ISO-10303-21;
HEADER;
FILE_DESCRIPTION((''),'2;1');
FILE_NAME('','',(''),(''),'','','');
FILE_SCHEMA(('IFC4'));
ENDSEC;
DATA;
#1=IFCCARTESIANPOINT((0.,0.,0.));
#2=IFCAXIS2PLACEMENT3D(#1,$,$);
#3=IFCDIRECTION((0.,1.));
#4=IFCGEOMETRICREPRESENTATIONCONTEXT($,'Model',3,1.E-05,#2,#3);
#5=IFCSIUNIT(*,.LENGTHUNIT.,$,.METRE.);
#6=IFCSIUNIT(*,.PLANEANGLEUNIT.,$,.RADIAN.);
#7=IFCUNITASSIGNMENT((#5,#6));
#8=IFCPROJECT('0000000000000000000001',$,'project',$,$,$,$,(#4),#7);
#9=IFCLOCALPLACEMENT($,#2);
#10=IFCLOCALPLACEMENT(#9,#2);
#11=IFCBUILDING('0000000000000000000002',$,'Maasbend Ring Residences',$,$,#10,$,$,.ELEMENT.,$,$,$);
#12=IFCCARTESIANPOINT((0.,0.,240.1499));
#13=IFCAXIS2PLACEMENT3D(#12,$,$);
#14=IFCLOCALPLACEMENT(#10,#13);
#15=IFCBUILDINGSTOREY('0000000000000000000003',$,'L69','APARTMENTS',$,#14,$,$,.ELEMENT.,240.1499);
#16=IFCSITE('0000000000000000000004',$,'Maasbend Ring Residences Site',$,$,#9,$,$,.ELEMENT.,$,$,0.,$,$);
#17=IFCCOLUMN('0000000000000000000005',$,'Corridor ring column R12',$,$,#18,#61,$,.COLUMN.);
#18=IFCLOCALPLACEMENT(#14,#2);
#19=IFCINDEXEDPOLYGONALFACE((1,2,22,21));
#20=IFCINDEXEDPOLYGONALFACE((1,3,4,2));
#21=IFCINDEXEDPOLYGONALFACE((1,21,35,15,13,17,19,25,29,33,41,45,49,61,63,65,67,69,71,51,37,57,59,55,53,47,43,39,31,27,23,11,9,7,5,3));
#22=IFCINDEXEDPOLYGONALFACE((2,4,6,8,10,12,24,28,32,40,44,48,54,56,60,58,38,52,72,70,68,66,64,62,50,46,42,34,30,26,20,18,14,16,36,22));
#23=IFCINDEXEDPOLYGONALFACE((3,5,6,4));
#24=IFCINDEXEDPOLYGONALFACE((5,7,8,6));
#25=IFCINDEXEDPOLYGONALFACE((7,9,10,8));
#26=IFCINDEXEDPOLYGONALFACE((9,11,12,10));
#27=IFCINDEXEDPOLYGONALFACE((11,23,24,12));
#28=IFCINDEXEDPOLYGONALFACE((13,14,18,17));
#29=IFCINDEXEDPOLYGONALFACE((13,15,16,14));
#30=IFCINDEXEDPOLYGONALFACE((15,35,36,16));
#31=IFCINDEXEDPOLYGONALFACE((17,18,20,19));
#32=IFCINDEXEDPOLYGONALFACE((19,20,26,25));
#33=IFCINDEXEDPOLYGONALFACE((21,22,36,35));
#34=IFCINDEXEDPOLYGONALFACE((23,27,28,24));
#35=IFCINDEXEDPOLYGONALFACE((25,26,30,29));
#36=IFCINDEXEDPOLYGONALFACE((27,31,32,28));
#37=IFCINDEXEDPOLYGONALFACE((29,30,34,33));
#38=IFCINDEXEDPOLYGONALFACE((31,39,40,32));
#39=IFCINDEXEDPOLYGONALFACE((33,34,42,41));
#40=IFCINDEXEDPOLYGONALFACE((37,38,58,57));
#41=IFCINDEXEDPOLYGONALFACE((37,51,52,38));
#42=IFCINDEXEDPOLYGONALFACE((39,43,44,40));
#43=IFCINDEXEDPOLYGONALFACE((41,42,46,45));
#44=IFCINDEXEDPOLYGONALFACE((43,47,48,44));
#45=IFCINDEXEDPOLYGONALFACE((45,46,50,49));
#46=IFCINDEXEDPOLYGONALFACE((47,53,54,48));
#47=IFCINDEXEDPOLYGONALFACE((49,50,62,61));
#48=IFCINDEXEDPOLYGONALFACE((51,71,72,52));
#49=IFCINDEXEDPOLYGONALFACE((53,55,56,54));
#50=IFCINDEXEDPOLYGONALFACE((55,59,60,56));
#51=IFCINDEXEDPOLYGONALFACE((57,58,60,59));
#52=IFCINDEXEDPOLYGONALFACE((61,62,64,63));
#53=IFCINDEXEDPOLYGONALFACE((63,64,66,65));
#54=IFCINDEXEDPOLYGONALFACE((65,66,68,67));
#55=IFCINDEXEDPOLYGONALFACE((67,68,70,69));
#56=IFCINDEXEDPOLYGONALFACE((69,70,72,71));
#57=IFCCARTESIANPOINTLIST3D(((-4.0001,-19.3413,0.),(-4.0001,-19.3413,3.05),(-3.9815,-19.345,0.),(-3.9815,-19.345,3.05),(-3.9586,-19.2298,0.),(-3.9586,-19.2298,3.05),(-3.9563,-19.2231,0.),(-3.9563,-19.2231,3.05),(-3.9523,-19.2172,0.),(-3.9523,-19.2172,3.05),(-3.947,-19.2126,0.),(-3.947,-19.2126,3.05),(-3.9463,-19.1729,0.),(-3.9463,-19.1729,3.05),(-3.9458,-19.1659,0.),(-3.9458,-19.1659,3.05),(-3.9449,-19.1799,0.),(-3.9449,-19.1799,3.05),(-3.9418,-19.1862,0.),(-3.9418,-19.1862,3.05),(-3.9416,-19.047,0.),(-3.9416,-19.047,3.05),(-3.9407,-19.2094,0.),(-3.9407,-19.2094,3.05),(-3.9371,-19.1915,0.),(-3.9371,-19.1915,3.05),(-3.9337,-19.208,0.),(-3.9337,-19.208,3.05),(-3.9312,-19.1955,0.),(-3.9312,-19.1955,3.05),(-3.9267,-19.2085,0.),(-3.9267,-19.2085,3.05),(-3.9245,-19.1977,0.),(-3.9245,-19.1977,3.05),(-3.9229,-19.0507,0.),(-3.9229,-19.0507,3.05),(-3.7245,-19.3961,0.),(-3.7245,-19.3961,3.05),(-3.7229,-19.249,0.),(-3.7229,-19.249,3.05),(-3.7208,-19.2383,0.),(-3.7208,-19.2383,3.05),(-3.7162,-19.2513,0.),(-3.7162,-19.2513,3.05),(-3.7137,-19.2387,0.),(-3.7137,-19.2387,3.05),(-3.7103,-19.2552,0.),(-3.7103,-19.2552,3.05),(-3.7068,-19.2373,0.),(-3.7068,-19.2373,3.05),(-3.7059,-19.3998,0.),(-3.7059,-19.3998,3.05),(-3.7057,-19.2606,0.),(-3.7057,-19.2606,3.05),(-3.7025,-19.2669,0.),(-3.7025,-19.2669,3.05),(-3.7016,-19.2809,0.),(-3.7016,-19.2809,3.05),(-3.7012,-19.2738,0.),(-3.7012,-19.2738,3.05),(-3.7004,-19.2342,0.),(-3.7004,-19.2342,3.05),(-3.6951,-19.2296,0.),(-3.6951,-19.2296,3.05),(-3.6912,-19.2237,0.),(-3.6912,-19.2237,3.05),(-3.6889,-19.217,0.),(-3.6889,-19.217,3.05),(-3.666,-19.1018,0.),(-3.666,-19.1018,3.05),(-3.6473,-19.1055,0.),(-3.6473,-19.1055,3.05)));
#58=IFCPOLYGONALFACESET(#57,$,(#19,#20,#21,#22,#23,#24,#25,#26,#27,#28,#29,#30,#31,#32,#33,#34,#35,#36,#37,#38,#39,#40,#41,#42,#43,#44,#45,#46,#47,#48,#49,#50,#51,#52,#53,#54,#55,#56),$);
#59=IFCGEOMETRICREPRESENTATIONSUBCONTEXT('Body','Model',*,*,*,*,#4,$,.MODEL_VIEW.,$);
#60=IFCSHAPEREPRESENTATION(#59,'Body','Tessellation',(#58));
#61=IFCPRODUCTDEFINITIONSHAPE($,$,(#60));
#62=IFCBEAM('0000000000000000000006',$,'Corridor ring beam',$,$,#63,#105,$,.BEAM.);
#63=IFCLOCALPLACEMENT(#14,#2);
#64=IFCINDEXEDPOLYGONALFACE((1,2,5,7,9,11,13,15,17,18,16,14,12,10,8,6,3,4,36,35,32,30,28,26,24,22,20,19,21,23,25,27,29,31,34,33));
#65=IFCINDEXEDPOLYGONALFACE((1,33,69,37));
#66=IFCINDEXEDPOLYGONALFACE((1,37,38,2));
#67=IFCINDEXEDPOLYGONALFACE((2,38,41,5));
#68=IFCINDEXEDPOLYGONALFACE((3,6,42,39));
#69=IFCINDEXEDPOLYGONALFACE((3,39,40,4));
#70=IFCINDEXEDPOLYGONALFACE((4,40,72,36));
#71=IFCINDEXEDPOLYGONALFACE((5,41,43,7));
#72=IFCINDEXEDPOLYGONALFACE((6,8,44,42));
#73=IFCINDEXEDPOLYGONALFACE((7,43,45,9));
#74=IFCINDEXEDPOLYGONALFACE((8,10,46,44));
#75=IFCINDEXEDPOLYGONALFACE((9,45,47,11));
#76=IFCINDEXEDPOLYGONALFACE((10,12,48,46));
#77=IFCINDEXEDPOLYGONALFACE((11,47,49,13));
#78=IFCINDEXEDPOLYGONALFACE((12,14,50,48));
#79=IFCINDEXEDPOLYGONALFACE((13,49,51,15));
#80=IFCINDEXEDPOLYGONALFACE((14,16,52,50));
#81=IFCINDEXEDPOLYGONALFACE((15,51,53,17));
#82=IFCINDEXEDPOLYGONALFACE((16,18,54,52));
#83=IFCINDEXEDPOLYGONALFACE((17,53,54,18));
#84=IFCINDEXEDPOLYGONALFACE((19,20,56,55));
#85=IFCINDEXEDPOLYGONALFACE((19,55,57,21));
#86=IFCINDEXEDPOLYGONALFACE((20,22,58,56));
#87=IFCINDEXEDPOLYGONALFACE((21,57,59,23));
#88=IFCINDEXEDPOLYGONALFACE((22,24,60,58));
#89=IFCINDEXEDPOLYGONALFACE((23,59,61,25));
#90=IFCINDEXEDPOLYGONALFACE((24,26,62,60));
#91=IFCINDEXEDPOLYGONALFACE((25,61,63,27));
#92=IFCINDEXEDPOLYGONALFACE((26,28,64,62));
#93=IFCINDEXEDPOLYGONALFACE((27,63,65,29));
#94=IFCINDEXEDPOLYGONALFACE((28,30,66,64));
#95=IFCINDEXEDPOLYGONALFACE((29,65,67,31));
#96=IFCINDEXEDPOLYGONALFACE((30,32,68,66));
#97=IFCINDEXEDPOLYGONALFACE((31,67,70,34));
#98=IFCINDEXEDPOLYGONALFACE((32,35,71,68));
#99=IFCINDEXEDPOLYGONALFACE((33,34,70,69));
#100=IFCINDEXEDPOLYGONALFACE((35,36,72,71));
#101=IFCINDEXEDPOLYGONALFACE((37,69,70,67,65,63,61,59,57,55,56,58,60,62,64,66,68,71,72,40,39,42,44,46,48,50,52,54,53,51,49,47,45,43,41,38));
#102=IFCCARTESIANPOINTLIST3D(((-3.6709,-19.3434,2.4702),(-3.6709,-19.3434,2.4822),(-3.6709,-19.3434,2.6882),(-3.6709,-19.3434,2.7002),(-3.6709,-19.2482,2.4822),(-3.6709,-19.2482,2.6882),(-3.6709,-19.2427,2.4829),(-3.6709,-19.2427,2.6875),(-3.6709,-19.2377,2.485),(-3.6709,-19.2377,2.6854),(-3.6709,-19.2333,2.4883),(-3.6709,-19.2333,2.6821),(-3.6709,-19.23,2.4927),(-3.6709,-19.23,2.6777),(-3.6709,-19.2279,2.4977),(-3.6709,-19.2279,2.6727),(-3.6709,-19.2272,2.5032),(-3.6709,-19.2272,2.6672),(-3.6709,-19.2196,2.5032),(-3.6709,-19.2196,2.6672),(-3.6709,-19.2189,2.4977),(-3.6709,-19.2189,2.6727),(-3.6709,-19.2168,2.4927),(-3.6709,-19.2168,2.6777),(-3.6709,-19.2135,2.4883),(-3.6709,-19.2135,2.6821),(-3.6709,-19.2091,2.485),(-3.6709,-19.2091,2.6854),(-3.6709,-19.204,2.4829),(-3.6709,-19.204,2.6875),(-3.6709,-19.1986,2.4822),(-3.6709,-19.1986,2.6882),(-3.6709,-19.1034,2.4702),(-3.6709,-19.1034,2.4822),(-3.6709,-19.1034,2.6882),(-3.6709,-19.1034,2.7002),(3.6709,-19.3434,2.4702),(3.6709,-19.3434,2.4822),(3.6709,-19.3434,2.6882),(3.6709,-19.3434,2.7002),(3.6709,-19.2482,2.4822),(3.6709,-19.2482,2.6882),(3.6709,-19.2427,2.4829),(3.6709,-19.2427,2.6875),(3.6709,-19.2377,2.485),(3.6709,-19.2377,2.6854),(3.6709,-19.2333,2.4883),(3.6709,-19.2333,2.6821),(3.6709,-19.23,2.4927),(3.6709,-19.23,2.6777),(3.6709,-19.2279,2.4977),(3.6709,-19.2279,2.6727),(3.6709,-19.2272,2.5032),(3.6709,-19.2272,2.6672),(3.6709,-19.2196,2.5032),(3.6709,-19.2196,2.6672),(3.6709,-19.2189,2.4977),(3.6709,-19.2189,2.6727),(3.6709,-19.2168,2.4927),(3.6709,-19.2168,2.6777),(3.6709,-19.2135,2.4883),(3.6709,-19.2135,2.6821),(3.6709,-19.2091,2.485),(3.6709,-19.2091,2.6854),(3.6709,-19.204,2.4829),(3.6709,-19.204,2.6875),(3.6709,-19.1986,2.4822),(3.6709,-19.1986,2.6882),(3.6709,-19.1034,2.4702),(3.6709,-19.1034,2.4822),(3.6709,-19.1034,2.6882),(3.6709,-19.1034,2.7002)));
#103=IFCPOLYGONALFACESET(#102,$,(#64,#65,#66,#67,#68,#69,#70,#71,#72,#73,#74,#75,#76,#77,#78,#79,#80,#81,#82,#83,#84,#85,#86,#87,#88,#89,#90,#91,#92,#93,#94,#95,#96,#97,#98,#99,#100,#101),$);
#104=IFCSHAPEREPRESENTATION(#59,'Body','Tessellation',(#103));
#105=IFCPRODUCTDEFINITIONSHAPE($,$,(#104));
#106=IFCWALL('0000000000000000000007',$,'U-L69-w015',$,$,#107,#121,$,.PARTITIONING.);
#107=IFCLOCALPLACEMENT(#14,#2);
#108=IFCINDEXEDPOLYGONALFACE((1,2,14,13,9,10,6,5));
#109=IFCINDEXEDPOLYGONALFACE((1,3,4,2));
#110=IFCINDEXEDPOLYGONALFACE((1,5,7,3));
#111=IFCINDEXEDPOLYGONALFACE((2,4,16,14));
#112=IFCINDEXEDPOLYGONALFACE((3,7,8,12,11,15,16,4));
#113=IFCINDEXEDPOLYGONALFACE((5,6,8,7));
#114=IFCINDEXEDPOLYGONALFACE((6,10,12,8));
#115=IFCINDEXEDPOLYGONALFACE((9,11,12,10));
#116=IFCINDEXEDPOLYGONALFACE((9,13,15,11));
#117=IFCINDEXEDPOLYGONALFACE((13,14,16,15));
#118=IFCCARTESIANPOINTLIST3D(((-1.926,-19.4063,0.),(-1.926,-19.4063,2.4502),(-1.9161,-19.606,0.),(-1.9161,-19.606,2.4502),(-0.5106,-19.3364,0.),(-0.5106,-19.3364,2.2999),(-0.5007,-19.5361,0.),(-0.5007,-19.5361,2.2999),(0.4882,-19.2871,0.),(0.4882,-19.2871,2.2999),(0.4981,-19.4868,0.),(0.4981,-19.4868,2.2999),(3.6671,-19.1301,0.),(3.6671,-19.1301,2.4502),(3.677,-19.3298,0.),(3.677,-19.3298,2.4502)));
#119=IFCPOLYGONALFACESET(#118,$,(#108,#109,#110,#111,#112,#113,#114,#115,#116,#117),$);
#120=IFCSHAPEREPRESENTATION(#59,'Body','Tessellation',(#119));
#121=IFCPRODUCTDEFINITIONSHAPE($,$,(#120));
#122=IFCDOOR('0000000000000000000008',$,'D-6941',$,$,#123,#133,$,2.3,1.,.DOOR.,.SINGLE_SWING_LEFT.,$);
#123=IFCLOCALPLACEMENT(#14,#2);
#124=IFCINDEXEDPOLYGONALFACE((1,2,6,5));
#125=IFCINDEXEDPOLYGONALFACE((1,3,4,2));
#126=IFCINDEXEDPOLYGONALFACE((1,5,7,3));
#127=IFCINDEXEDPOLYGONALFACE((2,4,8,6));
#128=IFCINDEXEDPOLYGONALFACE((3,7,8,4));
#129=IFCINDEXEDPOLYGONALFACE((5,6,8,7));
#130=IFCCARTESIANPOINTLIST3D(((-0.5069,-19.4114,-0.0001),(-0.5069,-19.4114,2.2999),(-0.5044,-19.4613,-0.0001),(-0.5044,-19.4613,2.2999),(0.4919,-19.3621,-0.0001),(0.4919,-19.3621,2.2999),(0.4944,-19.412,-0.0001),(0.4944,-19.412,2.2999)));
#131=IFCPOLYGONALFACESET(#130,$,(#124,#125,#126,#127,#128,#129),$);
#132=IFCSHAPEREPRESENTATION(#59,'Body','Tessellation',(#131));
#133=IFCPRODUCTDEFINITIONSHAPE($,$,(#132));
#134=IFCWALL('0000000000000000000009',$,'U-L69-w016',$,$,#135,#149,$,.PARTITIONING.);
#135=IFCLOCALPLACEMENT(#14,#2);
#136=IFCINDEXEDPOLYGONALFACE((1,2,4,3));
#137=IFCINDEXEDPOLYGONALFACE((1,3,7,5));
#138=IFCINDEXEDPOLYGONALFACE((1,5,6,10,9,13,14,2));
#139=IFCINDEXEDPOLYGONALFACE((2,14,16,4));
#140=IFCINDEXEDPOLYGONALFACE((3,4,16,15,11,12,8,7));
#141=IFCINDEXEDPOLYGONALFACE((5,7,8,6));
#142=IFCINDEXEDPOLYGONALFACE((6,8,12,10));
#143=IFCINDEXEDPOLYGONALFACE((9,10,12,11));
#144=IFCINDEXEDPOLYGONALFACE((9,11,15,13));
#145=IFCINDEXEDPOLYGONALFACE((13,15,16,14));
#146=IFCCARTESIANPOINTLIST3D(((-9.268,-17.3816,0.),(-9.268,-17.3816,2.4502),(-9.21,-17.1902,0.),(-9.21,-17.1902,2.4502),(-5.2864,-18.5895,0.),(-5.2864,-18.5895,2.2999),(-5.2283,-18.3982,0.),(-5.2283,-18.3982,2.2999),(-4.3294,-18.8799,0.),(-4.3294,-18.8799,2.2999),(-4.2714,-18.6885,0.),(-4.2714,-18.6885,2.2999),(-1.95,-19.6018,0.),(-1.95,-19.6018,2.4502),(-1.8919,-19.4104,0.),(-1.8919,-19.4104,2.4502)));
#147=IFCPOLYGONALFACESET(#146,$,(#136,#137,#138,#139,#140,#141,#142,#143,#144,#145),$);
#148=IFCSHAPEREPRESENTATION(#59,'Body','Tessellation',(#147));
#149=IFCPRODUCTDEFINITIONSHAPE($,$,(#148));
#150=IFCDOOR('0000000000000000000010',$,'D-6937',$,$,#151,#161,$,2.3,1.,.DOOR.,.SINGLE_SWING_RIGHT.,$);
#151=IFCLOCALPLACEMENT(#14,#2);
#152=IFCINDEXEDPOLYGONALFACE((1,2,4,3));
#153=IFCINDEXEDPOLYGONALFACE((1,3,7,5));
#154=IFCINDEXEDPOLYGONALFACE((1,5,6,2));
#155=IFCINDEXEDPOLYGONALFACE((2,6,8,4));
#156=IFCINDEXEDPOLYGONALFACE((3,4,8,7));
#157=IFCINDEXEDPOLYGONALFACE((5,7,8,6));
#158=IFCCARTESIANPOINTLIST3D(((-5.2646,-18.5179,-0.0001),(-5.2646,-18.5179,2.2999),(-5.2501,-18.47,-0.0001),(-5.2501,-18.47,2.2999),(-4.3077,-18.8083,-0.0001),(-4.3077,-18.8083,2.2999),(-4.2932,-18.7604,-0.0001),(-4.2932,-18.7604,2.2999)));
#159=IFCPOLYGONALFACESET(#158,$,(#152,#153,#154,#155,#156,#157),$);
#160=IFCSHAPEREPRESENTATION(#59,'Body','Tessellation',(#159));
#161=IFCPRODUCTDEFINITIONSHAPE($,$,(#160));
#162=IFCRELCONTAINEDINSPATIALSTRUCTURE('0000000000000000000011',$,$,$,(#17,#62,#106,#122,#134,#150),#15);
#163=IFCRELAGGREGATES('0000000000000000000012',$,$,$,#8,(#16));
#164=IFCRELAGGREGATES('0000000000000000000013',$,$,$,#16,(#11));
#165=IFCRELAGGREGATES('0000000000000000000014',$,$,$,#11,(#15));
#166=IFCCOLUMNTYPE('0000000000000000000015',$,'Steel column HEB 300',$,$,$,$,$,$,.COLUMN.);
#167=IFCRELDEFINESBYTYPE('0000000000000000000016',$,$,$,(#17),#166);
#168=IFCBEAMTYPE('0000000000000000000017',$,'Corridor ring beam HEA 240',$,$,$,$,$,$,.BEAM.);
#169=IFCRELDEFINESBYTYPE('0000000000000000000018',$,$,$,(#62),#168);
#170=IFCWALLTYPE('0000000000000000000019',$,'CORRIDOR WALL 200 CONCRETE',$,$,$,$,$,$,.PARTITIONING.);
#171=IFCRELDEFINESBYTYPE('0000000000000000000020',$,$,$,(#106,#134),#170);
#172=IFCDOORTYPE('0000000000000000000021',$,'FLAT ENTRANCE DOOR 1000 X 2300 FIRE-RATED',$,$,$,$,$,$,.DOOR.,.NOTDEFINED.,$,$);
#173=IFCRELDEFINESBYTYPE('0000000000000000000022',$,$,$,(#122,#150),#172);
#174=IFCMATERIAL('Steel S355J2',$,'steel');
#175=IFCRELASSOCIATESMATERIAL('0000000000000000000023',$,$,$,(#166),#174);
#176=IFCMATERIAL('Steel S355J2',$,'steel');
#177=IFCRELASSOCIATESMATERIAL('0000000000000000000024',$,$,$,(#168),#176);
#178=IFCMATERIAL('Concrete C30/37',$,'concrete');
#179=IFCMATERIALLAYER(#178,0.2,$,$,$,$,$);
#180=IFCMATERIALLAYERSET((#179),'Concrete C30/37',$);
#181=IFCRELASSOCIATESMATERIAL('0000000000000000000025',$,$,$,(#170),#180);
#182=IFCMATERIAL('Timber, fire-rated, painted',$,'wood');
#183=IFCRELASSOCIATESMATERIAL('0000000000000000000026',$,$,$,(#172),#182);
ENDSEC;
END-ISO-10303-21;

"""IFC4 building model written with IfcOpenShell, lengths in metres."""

from ifc_helpers import new_model, si_unit, direction, frame, frame_2d, origin, origin_2d, place, context, subcontext, project, spatial, rectangle, i_section, extrude, material, layer, layer_set, material_profile, profile_set, type_object, element, fill, save


model = new_model("IFC4")

# Units and contexts
model_context = context("Model", 3, precision=1e-05, world=origin(), true_north=direction((0.0, 1.0)))
body_context = subcontext(model_context, "Body", "Model", "MODEL_VIEW")
ifc_project = project(units=[si_unit("LENGTHUNIT", "METRE"), si_unit("PLANEANGLEUNIT", "RADIAN")], contexts=[model_context])

# Site, building, storey
site_placement = place(None, origin())
site = spatial("IfcSite", under=ifc_project, at=site_placement, Name="Maasbend Ring Residences Site", CompositionType="ELEMENT", RefElevation=0.0)
building_placement = place(site_placement, origin())
building = spatial("IfcBuilding", under=site, at=building_placement, Name="Maasbend Ring Residences", CompositionType="ELEMENT")
storey_placement = place(building_placement, frame((0.0, 0.0, 240.1499)))
storey = spatial("IfcBuildingStorey", under=building, at=storey_placement, Name="L69", Description="APARTMENTS", CompositionType="ELEMENT", Elevation=240.1499)

# Column
ifc_material_1 = material(Name="Steel S355J2", Category="steel")
ifc_material_profile_1 = material_profile(ifc_material_1, i_section(OverallWidth=0.3, OverallDepth=0.3, WebThickness=0.011, FlangeThickness=0.019, FilletRadius=0.0271, at=origin_2d()), Name="HEB 300")
ifc_profile_set_1 = profile_set([ifc_material_profile_1], Name="Steel S355J2")
column_type = type_object("IfcColumnType", Name="Steel column HEB 300", PredefinedType="COLUMN", material=ifc_profile_set_1)
column_placement = place(storey_placement, frame((-3.8237, -19.2234, 0.0), z_axis=(0.0, 0.0, 1.0), x_axis=(-0.19509, -0.980785, 0.0)))
element("IfcColumn", 1, at=column_placement, inside=storey, type_object=column_type, Name="Corridor ring column R12", PredefinedType="COLUMN", context=body_context, shape_type="SweptSolid", body=[
    extrude(i_section(OverallWidth=0.3, OverallDepth=0.3, WebThickness=0.011, FlangeThickness=0.019, FilletRadius=0.0271, at=origin_2d()), origin(), (0.0, 0.0, 1.0), 3.05),
])

# Beam
ifc_material_2 = material(Name="Steel S355J2", Category="steel")
ifc_material_profile_2 = material_profile(ifc_material_2, i_section(OverallWidth=0.24, OverallDepth=0.23, WebThickness=0.0076, FlangeThickness=0.012, FilletRadius=0.021, at=origin_2d()), Name="HEA 240")
ifc_profile_set_2 = profile_set([ifc_material_profile_2], Name="Steel S355J2")
beam_type = type_object("IfcBeamType", Name="Corridor ring beam HEA 240", PredefinedType="BEAM", material=ifc_profile_set_2)
beam_placement = place(storey_placement, frame((-3.6709, -19.2234, 2.5852), z_axis=(1.0, 0.0, 0.0), x_axis=(0.0, 1.0, 0.0)))
element("IfcBeam", 2, at=beam_placement, inside=storey, type_object=beam_type, Name="Corridor ring beam", PredefinedType="BEAM", context=body_context, shape_type="SweptSolid", body=[
    extrude(i_section(OverallWidth=0.24, OverallDepth=0.23, WebThickness=0.0076, FlangeThickness=0.012, FilletRadius=0.021, at=origin_2d()), origin(), (0.0, 0.0, 1.0), 7.3418),
])

# Walls, openings, doors
ifc_material_3 = material(Name="Concrete C30/37", Category="concrete")
ifc_layer_1 = layer(ifc_material_3, 0.2)
ifc_layer_set_1 = layer_set([ifc_layer_1], Name="Concrete C30/37")
wall_type_1 = type_object("IfcWallType", Name="CORRIDOR WALL 200 CONCRETE", PredefinedType="PARTITIONING", material=ifc_layer_set_1)
wall_1_placement = place(storey_placement, frame((-1.9209, -19.5061, 0.0), z_axis=(0.0, 0.0, 1.0), x_axis=(0.998784, 0.049309, 0.0)))
wall_1 = element("IfcWall", 3, at=wall_1_placement, inside=storey, type_object=wall_type_1, Name="U-L69-w015", PredefinedType="PARTITIONING", context=body_context, shape_type="SweptSolid", body=[
    extrude(rectangle(XDim=5.5999, YDim=0.2, at=frame_2d((2.7998, 0.0))), origin(), (0.0, 0.0, 1.0), 2.4502),
])
opening_1_placement = place(wall_1_placement, frame((1.417, 0.0, 0.0)))
opening_1 = element("IfcOpeningElement", 4, at=opening_1_placement, cuts=wall_1, PredefinedType="OPENING", context=body_context, shape_type="SweptSolid", body=[
    extrude(rectangle(XDim=1.0, YDim=2.3, at=frame_2d((0.5, 1.1499))), frame((0.0, 0.1099, 0.0), z_axis=(0.0, -1.0, 0.0), x_axis=(1.0, 0.0, 0.0)), (0.0, 0.0, 1.0), 0.22),
])
ifc_material_4 = material(Name="Timber, fire-rated, painted", Category="wood")
door_type_1 = type_object("IfcDoorType", Name="FLAT ENTRANCE DOOR 1000 X 2300 FIRE-RATED", OperationType="NOTDEFINED", PredefinedType="DOOR", material=ifc_material_4)
door_1_placement = place(opening_1_placement, origin())
door_1 = element("IfcDoor", 5, at=door_1_placement, inside=storey, type_object=door_type_1, Name="D-6941", OperationType="SINGLE_SWING_LEFT", OverallHeight=2.3, OverallWidth=1.0, PredefinedType="DOOR", context=body_context, shape_type="SweptSolid", body=[
    extrude(rectangle(XDim=1.0, YDim=2.3, at=frame_2d((0.5, 1.1499))), frame((0.0, 0.0249, 0.0), z_axis=(0.0, -1.0, 0.0), x_axis=(1.0, 0.0, 0.0)), (0.0, 0.0, 1.0), 0.05),
])
fill(opening_1, door_1)
wall_2_placement = place(storey_placement, frame((-9.239, -17.2859, 0.0), z_axis=(0.0, 0.0, 1.0), x_axis=(0.95693, -0.290319, 0.0)))
wall_2 = element("IfcWall", 6, at=wall_2_placement, inside=storey, type_object=wall_type_1, Name="U-L69-w016", PredefinedType="PARTITIONING", context=body_context, shape_type="SweptSolid", body=[
    extrude(rectangle(XDim=7.6475, YDim=0.2, at=frame_2d((3.8237, 0.0))), origin(), (0.0, 0.0, 1.0), 2.4502),
])
opening_2_placement = place(wall_2_placement, frame((4.1609, 0.0, 0.0)))
opening_2 = element("IfcOpeningElement", 7, at=opening_2_placement, cuts=wall_2, PredefinedType="OPENING", context=body_context, shape_type="SweptSolid", body=[
    extrude(rectangle(XDim=1.0, YDim=2.3, at=frame_2d((0.5, 1.1499))), frame((0.0, 0.1099, 0.0), z_axis=(0.0, -1.0, 0.0), x_axis=(1.0, 0.0, 0.0)), (0.0, 0.0, 1.0), 0.22),
])
door_2_placement = place(opening_2_placement, origin())
door_2 = element("IfcDoor", 8, at=door_2_placement, inside=storey, type_object=door_type_1, Name="D-6937", OperationType="SINGLE_SWING_RIGHT", OverallHeight=2.3, OverallWidth=1.0, PredefinedType="DOOR", context=body_context, shape_type="SweptSolid", body=[
    extrude(rectangle(XDim=1.0, YDim=2.3, at=frame_2d((0.5, 1.1499))), frame((0.0, 0.0249, 0.0), z_axis=(0.0, -1.0, 0.0), x_axis=(1.0, 0.0, 0.0)), (0.0, 0.0, 1.0), 0.05),
])
fill(opening_2, door_2)

save(model, "model.ifc")
